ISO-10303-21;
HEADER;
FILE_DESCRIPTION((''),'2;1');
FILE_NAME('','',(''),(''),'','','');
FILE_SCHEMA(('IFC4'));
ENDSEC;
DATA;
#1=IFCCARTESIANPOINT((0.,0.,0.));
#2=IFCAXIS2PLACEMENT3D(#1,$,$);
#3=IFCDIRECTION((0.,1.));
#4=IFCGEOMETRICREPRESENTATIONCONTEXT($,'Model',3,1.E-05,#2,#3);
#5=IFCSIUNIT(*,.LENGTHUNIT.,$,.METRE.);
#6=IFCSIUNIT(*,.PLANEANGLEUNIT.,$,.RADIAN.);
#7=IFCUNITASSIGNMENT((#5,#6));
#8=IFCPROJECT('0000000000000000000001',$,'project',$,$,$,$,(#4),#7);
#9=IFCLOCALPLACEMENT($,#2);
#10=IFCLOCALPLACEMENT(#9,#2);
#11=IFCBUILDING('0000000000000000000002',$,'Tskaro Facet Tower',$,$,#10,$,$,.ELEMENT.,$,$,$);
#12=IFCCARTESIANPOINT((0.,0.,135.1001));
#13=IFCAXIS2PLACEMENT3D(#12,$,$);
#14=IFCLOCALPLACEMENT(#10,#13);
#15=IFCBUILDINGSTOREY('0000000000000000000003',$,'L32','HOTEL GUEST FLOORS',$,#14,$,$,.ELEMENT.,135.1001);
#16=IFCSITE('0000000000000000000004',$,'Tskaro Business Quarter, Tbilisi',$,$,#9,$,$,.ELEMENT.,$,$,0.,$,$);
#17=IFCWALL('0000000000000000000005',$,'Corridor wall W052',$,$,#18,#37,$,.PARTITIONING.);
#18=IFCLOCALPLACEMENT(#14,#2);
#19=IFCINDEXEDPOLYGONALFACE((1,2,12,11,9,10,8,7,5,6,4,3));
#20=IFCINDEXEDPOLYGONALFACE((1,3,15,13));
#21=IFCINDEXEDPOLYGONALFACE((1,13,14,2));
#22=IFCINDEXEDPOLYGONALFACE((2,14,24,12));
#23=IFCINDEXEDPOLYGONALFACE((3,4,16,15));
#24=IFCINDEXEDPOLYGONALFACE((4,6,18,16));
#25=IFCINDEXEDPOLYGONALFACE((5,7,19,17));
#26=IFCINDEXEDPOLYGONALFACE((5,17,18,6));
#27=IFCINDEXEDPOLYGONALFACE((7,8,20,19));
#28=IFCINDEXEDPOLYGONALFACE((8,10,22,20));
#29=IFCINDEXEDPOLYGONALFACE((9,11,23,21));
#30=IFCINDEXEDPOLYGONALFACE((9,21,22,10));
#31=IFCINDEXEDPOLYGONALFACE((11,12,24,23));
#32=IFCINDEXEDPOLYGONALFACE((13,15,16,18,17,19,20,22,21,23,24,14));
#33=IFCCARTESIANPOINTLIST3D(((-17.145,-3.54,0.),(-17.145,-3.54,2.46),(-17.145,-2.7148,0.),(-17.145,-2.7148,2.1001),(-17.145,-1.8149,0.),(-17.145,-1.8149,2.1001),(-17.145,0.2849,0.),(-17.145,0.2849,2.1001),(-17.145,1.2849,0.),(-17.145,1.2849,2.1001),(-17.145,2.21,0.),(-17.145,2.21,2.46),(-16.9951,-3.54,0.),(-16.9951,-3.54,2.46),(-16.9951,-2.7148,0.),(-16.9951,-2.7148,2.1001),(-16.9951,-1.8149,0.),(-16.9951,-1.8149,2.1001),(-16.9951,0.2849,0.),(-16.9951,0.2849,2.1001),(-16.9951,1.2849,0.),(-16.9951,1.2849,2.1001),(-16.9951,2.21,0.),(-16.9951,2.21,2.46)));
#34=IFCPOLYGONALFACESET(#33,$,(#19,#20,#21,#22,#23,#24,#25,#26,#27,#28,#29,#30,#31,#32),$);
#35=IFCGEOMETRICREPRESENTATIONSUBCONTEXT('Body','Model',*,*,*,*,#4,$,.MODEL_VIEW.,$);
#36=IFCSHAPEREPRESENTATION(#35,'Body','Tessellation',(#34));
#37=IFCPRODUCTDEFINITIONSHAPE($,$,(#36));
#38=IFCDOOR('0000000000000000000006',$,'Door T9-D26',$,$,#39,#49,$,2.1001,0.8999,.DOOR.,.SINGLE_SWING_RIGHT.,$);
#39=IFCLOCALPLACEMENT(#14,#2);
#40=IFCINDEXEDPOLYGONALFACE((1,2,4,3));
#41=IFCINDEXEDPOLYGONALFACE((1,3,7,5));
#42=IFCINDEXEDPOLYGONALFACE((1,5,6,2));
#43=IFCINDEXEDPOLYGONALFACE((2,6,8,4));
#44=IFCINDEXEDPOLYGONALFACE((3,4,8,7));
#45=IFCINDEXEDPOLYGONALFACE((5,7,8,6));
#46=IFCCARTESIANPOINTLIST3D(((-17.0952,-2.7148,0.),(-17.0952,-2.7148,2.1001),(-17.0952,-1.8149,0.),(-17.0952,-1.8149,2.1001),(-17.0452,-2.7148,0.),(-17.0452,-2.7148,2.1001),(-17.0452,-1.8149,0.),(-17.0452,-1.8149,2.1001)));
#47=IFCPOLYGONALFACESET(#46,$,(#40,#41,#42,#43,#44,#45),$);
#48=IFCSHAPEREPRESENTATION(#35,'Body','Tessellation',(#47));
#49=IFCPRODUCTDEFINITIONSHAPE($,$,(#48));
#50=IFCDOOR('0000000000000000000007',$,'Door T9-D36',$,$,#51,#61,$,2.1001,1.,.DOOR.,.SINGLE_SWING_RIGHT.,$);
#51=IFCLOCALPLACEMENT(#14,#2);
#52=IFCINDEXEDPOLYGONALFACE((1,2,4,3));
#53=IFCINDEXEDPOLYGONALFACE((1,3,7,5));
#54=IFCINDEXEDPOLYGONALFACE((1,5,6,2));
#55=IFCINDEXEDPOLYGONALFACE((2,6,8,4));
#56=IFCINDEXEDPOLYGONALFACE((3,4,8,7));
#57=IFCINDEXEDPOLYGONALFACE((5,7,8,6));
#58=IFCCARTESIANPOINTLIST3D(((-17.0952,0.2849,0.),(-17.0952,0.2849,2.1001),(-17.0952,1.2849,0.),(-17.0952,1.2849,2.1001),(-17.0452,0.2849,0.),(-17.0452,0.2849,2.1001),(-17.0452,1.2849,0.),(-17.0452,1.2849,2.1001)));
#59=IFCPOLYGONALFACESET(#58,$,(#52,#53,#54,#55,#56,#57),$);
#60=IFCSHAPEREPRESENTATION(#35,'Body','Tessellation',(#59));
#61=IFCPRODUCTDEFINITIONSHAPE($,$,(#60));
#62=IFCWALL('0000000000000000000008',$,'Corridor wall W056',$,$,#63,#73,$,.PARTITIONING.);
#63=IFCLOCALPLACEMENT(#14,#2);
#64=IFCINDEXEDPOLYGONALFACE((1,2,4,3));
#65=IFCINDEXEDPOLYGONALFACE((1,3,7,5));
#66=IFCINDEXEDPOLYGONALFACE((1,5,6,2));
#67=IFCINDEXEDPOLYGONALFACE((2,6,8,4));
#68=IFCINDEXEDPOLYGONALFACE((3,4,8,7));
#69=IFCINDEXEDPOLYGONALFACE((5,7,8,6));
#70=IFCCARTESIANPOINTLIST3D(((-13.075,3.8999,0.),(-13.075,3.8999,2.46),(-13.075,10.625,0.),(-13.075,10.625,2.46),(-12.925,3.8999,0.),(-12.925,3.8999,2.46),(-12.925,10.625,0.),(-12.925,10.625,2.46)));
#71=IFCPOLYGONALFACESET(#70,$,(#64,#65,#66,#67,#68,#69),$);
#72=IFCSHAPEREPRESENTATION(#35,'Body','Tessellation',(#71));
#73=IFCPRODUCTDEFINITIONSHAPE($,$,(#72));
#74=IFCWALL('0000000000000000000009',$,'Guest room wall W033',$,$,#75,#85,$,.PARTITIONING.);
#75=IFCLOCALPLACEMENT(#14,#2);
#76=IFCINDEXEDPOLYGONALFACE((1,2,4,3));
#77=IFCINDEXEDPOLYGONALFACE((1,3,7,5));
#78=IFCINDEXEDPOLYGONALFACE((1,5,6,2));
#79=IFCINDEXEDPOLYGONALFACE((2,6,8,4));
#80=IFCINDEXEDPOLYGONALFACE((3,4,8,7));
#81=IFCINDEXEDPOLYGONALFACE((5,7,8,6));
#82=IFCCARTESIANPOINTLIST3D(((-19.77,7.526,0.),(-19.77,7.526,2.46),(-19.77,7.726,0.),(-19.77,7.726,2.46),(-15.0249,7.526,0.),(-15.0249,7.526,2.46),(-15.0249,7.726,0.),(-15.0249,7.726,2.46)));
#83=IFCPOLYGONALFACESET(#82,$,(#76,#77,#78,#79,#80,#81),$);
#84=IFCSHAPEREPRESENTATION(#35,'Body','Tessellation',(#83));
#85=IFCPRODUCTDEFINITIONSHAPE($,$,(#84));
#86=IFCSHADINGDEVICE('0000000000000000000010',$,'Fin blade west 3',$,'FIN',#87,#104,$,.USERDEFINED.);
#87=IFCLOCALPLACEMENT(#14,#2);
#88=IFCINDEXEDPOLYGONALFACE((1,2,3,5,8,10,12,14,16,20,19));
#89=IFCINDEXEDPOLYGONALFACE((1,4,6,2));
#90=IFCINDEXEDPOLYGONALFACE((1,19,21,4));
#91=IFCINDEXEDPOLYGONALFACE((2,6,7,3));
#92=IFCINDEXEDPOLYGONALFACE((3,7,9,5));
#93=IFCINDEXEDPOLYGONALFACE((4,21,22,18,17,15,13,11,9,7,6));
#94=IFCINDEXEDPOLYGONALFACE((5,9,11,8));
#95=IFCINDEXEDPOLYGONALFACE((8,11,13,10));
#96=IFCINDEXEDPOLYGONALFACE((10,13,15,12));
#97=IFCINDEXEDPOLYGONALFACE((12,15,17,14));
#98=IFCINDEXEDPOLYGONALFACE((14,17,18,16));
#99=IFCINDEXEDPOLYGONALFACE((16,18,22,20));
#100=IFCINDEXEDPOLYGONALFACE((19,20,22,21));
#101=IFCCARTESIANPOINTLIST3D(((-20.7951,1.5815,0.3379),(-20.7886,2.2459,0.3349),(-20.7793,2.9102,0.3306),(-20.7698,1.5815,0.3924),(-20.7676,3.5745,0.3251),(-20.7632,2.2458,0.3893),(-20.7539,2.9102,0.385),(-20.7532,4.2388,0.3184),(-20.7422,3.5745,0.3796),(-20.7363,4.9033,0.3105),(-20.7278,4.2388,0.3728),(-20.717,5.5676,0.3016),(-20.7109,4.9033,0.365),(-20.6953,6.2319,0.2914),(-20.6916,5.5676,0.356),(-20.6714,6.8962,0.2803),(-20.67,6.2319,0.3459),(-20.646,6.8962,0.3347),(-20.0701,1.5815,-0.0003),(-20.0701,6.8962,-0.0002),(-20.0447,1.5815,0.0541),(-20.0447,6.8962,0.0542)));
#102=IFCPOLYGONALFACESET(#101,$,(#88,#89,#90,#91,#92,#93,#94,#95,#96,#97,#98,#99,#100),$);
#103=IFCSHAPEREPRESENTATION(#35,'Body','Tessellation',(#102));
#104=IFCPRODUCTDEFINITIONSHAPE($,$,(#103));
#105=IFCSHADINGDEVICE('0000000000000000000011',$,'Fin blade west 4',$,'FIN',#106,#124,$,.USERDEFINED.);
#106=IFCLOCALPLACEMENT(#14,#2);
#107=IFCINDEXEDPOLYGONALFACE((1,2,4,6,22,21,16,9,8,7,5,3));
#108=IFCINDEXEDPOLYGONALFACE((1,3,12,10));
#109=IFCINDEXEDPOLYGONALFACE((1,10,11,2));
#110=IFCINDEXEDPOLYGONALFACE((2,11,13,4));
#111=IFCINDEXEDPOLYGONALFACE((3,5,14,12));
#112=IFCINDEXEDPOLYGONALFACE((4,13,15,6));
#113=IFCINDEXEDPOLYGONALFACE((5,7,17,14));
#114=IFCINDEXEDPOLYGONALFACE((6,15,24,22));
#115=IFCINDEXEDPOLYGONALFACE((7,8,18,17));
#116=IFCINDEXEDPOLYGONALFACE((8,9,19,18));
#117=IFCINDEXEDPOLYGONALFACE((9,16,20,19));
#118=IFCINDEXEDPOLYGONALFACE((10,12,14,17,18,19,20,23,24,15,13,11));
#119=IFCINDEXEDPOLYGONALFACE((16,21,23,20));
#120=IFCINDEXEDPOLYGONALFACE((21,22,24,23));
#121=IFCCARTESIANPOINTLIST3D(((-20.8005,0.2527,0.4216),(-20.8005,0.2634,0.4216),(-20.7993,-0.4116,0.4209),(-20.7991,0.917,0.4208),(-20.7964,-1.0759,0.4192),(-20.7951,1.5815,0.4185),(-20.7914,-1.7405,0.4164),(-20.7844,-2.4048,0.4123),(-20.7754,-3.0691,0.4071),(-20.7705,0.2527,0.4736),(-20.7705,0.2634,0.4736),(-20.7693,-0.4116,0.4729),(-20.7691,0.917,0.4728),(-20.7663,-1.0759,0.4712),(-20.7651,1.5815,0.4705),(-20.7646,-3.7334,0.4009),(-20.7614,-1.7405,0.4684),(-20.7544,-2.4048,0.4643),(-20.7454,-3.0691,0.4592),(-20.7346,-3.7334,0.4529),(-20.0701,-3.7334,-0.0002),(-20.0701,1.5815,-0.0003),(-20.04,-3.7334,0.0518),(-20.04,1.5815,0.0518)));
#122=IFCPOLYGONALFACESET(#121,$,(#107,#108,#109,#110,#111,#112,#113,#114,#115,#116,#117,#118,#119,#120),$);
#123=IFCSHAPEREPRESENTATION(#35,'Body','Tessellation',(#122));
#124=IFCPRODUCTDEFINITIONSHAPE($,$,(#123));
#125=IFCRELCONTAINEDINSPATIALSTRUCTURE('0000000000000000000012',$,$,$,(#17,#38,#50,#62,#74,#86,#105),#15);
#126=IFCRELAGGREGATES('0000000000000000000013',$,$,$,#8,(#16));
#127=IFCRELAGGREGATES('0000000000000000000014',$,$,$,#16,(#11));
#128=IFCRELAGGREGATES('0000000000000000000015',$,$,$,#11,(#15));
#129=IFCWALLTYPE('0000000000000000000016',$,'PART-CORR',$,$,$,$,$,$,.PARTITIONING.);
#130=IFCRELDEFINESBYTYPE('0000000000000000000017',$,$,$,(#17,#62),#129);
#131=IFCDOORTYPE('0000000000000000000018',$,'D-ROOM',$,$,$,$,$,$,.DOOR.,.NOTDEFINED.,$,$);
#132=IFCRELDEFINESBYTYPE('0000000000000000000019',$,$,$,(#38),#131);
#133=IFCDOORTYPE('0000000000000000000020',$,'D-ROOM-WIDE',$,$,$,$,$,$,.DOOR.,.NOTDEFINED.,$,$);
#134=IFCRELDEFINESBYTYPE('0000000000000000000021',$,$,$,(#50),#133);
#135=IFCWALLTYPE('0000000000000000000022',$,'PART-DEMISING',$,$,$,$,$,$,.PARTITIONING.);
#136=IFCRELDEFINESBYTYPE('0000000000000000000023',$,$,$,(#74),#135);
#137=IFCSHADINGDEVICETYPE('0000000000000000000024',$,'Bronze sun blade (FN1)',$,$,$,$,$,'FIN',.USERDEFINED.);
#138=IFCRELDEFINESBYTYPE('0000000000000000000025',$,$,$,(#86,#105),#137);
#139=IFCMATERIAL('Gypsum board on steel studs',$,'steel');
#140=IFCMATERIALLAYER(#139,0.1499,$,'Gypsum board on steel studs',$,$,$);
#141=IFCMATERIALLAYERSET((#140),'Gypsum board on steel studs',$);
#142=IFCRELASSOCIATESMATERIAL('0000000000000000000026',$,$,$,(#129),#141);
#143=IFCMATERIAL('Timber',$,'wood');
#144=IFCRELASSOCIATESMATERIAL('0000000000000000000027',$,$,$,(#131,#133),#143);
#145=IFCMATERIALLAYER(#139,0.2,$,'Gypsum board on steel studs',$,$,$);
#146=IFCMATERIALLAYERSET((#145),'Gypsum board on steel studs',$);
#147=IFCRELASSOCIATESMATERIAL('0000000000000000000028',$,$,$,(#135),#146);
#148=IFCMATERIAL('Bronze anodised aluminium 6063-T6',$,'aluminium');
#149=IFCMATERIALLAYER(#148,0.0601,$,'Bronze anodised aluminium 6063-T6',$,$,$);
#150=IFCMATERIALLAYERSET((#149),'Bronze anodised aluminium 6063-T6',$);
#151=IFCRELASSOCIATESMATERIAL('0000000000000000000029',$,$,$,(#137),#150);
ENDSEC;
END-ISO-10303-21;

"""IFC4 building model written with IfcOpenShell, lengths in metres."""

from ifc_helpers import new_model, si_unit, direction, frame, frame_2d, origin, place, context, subcontext, project, spatial, polyline, rectangle, outline, extrude, material, layer, layer_set, type_object, element, fill, save


model = new_model("IFC4")

# Units and contexts
model_context = context("Model", 3, precision=1e-05, world=origin(), true_north=direction((0.0, 1.0)))
body_context = subcontext(model_context, "Body", "Model", "MODEL_VIEW")
ifc_project = project(units=[si_unit("LENGTHUNIT", "METRE"), si_unit("PLANEANGLEUNIT", "RADIAN")], contexts=[model_context])

# Site, building, storey
site_placement = place(None, origin())
site = spatial("IfcSite", under=ifc_project, at=site_placement, Name="Tskaro Business Quarter, Tbilisi", CompositionType="ELEMENT", RefElevation=0.0)
building_placement = place(site_placement, origin())
building = spatial("IfcBuilding", under=site, at=building_placement, Name="Tskaro Facet Tower", CompositionType="ELEMENT")
storey_placement = place(building_placement, frame((0.0, 0.0, 135.1001)))
storey = spatial("IfcBuildingStorey", under=building, at=storey_placement, Name="L32", Description="HOTEL GUEST FLOORS", CompositionType="ELEMENT", Elevation=135.1001)

# Shared definitions
ifc_material_1 = material(Name="Bronze anodised aluminium 6063-T6", Category="aluminium")

# Shared definitions
ifc_material_2 = material(Name="Gypsum board on steel studs", Category="steel")
ifc_layer_1 = layer(ifc_material_2, 0.1499, Name="Gypsum board on steel studs")
ifc_layer_set_1 = layer_set([ifc_layer_1], Name="Gypsum board on steel studs")
wall_type_1 = type_object("IfcWallType", Name="PART-CORR", PredefinedType="PARTITIONING", material=ifc_layer_set_1)

# Wall, openings, doors
wall_1_placement = place(storey_placement, frame((-17.0701, 2.21, 0.0), z_axis=(0.0, 0.0, 1.0), x_axis=(0.0, -1.0, 0.0)))
wall_1 = element("IfcWall", 1, at=wall_1_placement, inside=storey, type_object=wall_type_1, Name="Corridor wall W052", PredefinedType="PARTITIONING", context=body_context, shape_type="SweptSolid", body=[
    extrude(rectangle(XDim=5.75, YDim=0.1499, at=frame_2d((2.875, 0.0))), origin(), (0.0, 0.0, 1.0), 2.46),
])
opening_1_placement = place(wall_1_placement, frame((4.0249, 0.0, 0.0)))
opening_1 = element("IfcOpeningElement", 2, at=opening_1_placement, cuts=wall_1, PredefinedType="OPENING", context=body_context, shape_type="SweptSolid", body=[
    extrude(rectangle(XDim=0.8999, YDim=2.1001, at=frame_2d((0.45, 1.05))), frame((0.0, 0.085, 0.0), z_axis=(0.0, -1.0, 0.0), x_axis=(1.0, 0.0, 0.0)), (0.0, 0.0, 1.0), 0.1699),
])
opening_2_placement = place(wall_1_placement, frame((0.925, 0.0, 0.0)))
opening_2 = element("IfcOpeningElement", 3, at=opening_2_placement, cuts=wall_1, PredefinedType="OPENING", context=body_context, shape_type="SweptSolid", body=[
    extrude(rectangle(XDim=1.0, YDim=2.1001, at=frame_2d((0.5, 1.05))), frame((0.0, 0.085, 0.0), z_axis=(0.0, -1.0, 0.0), x_axis=(1.0, 0.0, 0.0)), (0.0, 0.0, 1.0), 0.1699),
])
ifc_material_3 = material(Name="Timber", Category="wood")
door_type_1 = type_object("IfcDoorType", Name="D-ROOM", OperationType="NOTDEFINED", PredefinedType="DOOR", material=ifc_material_3)
door_1_placement = place(opening_1_placement, origin())
door_1 = element("IfcDoor", 4, at=door_1_placement, inside=storey, type_object=door_type_1, Name="Door T9-D26", OperationType="SINGLE_SWING_RIGHT", OverallHeight=2.1001, OverallWidth=0.8999, PredefinedType="DOOR", context=body_context, shape_type="SweptSolid", body=[
    extrude(rectangle(XDim=0.8999, YDim=2.1001, at=frame_2d((0.45, 1.05))), frame((0.0, 0.0249, 0.0), z_axis=(0.0, -1.0, 0.0), x_axis=(1.0, 0.0, 0.0)), (0.0, 0.0, 1.0), 0.05),
])
fill(opening_1, door_1)
door_type_2 = type_object("IfcDoorType", Name="D-ROOM-WIDE", OperationType="NOTDEFINED", PredefinedType="DOOR", material=ifc_material_3)
door_2_placement = place(opening_2_placement, origin())
door_2 = element("IfcDoor", 5, at=door_2_placement, inside=storey, type_object=door_type_2, Name="Door T9-D36", OperationType="SINGLE_SWING_RIGHT", OverallHeight=2.1001, OverallWidth=1.0, PredefinedType="DOOR", context=body_context, shape_type="SweptSolid", body=[
    extrude(rectangle(XDim=1.0, YDim=2.1001, at=frame_2d((0.5, 1.05))), frame((0.0, 0.0249, 0.0), z_axis=(0.0, -1.0, 0.0), x_axis=(1.0, 0.0, 0.0)), (0.0, 0.0, 1.0), 0.05),
])
fill(opening_2, door_2)

# Walls
wall_2_placement = place(storey_placement, frame((-13.0, 3.8999, 0.0), z_axis=(0.0, 0.0, 1.0), x_axis=(0.0, 1.0, 0.0)))
element("IfcWall", 6, at=wall_2_placement, inside=storey, type_object=wall_type_1, Name="Corridor wall W056", PredefinedType="PARTITIONING", context=body_context, shape_type="SweptSolid", body=[
    extrude(rectangle(XDim=6.7251, YDim=0.1499, at=frame_2d((3.3625, 0.0))), origin(), (0.0, 0.0, 1.0), 2.46),
])
ifc_layer_2 = layer(ifc_material_2, 0.2, Name="Gypsum board on steel studs")
ifc_layer_set_2 = layer_set([ifc_layer_2], Name="Gypsum board on steel studs")
wall_type_2 = type_object("IfcWallType", Name="PART-DEMISING", PredefinedType="PARTITIONING", material=ifc_layer_set_2)
wall_3_placement = place(storey_placement, frame((-19.77, 7.626, 0.0), z_axis=(0.0, 0.0, 1.0), x_axis=(1.0, 0.0, 0.0)))
element("IfcWall", 7, at=wall_3_placement, inside=storey, type_object=wall_type_2, Name="Guest room wall W033", PredefinedType="PARTITIONING", context=body_context, shape_type="SweptSolid", body=[
    extrude(rectangle(XDim=4.7451, YDim=0.2, at=frame_2d((2.3726, 0.0))), origin(), (0.0, 0.0, 1.0), 2.46),
])

# Shading devices
ifc_layer_3 = layer(ifc_material_1, 0.0601, Name="Bronze anodised aluminium 6063-T6")
ifc_layer_set_3 = layer_set([ifc_layer_3], Name="Bronze anodised aluminium 6063-T6")
shading_device_type = type_object("IfcShadingDeviceType", Name="Bronze sun blade (FN1)", ElementType="FIN", PredefinedType="USERDEFINED", material=ifc_layer_set_3)
shading_device_1_placement = place(storey_placement, frame((-20.0447, 6.8962, 0.0542), z_axis=(0.422748, -0.000011, 0.906247), x_axis=(-0.000005, -1.0, -0.00001)))
element("IfcShadingDevice", 8, at=shading_device_1_placement, inside=storey, type_object=shading_device_type, Name="Fin blade west 3", ObjectType="FIN", PredefinedType="USERDEFINED", context=body_context, shape_type="SweptSolid", body=[
    extrude(outline(polyline([(0.0, 0.0), (5.3147, 0.0), (5.3147, -0.8001), (4.6504, -0.7929), (3.9861, -0.7826), (3.3218, -0.7697), (2.6575, -0.7538), (1.9929, -0.7352), (1.3286, -0.7139), (0.6643, -0.69), (0.0, -0.6635), (0.0, 0.0)])), origin(), (0.0, 0.0, -1.0), 0.0601),
])
shading_device_2_placement = place(storey_placement, frame((-20.04, 1.5815, 0.0518), z_axis=(0.500122, 0.000004, 0.865955), x_axis=(0.000002, -1.0, 0.000003)))
element("IfcShadingDevice", 9, at=shading_device_2_placement, inside=storey, type_object=shading_device_type, Name="Fin blade west 4", ObjectType="FIN", PredefinedType="USERDEFINED", context=body_context, shape_type="SweptSolid", body=[
    extrude(outline(polyline([(0.0, 0.0), (5.3149, 0.0), (5.3149, -0.8021), (4.6506, -0.8146), (3.9863, -0.8249), (3.322, -0.833), (2.6575, -0.8387), (1.9932, -0.8421), (1.3289, -0.8435), (1.3181, -0.8435), (0.6646, -0.8419), (0.0, -0.8373), (0.0, 0.0)])), origin(), (0.0, 0.0, -1.0), 0.0601),
])

save(model, "model.ifc")
